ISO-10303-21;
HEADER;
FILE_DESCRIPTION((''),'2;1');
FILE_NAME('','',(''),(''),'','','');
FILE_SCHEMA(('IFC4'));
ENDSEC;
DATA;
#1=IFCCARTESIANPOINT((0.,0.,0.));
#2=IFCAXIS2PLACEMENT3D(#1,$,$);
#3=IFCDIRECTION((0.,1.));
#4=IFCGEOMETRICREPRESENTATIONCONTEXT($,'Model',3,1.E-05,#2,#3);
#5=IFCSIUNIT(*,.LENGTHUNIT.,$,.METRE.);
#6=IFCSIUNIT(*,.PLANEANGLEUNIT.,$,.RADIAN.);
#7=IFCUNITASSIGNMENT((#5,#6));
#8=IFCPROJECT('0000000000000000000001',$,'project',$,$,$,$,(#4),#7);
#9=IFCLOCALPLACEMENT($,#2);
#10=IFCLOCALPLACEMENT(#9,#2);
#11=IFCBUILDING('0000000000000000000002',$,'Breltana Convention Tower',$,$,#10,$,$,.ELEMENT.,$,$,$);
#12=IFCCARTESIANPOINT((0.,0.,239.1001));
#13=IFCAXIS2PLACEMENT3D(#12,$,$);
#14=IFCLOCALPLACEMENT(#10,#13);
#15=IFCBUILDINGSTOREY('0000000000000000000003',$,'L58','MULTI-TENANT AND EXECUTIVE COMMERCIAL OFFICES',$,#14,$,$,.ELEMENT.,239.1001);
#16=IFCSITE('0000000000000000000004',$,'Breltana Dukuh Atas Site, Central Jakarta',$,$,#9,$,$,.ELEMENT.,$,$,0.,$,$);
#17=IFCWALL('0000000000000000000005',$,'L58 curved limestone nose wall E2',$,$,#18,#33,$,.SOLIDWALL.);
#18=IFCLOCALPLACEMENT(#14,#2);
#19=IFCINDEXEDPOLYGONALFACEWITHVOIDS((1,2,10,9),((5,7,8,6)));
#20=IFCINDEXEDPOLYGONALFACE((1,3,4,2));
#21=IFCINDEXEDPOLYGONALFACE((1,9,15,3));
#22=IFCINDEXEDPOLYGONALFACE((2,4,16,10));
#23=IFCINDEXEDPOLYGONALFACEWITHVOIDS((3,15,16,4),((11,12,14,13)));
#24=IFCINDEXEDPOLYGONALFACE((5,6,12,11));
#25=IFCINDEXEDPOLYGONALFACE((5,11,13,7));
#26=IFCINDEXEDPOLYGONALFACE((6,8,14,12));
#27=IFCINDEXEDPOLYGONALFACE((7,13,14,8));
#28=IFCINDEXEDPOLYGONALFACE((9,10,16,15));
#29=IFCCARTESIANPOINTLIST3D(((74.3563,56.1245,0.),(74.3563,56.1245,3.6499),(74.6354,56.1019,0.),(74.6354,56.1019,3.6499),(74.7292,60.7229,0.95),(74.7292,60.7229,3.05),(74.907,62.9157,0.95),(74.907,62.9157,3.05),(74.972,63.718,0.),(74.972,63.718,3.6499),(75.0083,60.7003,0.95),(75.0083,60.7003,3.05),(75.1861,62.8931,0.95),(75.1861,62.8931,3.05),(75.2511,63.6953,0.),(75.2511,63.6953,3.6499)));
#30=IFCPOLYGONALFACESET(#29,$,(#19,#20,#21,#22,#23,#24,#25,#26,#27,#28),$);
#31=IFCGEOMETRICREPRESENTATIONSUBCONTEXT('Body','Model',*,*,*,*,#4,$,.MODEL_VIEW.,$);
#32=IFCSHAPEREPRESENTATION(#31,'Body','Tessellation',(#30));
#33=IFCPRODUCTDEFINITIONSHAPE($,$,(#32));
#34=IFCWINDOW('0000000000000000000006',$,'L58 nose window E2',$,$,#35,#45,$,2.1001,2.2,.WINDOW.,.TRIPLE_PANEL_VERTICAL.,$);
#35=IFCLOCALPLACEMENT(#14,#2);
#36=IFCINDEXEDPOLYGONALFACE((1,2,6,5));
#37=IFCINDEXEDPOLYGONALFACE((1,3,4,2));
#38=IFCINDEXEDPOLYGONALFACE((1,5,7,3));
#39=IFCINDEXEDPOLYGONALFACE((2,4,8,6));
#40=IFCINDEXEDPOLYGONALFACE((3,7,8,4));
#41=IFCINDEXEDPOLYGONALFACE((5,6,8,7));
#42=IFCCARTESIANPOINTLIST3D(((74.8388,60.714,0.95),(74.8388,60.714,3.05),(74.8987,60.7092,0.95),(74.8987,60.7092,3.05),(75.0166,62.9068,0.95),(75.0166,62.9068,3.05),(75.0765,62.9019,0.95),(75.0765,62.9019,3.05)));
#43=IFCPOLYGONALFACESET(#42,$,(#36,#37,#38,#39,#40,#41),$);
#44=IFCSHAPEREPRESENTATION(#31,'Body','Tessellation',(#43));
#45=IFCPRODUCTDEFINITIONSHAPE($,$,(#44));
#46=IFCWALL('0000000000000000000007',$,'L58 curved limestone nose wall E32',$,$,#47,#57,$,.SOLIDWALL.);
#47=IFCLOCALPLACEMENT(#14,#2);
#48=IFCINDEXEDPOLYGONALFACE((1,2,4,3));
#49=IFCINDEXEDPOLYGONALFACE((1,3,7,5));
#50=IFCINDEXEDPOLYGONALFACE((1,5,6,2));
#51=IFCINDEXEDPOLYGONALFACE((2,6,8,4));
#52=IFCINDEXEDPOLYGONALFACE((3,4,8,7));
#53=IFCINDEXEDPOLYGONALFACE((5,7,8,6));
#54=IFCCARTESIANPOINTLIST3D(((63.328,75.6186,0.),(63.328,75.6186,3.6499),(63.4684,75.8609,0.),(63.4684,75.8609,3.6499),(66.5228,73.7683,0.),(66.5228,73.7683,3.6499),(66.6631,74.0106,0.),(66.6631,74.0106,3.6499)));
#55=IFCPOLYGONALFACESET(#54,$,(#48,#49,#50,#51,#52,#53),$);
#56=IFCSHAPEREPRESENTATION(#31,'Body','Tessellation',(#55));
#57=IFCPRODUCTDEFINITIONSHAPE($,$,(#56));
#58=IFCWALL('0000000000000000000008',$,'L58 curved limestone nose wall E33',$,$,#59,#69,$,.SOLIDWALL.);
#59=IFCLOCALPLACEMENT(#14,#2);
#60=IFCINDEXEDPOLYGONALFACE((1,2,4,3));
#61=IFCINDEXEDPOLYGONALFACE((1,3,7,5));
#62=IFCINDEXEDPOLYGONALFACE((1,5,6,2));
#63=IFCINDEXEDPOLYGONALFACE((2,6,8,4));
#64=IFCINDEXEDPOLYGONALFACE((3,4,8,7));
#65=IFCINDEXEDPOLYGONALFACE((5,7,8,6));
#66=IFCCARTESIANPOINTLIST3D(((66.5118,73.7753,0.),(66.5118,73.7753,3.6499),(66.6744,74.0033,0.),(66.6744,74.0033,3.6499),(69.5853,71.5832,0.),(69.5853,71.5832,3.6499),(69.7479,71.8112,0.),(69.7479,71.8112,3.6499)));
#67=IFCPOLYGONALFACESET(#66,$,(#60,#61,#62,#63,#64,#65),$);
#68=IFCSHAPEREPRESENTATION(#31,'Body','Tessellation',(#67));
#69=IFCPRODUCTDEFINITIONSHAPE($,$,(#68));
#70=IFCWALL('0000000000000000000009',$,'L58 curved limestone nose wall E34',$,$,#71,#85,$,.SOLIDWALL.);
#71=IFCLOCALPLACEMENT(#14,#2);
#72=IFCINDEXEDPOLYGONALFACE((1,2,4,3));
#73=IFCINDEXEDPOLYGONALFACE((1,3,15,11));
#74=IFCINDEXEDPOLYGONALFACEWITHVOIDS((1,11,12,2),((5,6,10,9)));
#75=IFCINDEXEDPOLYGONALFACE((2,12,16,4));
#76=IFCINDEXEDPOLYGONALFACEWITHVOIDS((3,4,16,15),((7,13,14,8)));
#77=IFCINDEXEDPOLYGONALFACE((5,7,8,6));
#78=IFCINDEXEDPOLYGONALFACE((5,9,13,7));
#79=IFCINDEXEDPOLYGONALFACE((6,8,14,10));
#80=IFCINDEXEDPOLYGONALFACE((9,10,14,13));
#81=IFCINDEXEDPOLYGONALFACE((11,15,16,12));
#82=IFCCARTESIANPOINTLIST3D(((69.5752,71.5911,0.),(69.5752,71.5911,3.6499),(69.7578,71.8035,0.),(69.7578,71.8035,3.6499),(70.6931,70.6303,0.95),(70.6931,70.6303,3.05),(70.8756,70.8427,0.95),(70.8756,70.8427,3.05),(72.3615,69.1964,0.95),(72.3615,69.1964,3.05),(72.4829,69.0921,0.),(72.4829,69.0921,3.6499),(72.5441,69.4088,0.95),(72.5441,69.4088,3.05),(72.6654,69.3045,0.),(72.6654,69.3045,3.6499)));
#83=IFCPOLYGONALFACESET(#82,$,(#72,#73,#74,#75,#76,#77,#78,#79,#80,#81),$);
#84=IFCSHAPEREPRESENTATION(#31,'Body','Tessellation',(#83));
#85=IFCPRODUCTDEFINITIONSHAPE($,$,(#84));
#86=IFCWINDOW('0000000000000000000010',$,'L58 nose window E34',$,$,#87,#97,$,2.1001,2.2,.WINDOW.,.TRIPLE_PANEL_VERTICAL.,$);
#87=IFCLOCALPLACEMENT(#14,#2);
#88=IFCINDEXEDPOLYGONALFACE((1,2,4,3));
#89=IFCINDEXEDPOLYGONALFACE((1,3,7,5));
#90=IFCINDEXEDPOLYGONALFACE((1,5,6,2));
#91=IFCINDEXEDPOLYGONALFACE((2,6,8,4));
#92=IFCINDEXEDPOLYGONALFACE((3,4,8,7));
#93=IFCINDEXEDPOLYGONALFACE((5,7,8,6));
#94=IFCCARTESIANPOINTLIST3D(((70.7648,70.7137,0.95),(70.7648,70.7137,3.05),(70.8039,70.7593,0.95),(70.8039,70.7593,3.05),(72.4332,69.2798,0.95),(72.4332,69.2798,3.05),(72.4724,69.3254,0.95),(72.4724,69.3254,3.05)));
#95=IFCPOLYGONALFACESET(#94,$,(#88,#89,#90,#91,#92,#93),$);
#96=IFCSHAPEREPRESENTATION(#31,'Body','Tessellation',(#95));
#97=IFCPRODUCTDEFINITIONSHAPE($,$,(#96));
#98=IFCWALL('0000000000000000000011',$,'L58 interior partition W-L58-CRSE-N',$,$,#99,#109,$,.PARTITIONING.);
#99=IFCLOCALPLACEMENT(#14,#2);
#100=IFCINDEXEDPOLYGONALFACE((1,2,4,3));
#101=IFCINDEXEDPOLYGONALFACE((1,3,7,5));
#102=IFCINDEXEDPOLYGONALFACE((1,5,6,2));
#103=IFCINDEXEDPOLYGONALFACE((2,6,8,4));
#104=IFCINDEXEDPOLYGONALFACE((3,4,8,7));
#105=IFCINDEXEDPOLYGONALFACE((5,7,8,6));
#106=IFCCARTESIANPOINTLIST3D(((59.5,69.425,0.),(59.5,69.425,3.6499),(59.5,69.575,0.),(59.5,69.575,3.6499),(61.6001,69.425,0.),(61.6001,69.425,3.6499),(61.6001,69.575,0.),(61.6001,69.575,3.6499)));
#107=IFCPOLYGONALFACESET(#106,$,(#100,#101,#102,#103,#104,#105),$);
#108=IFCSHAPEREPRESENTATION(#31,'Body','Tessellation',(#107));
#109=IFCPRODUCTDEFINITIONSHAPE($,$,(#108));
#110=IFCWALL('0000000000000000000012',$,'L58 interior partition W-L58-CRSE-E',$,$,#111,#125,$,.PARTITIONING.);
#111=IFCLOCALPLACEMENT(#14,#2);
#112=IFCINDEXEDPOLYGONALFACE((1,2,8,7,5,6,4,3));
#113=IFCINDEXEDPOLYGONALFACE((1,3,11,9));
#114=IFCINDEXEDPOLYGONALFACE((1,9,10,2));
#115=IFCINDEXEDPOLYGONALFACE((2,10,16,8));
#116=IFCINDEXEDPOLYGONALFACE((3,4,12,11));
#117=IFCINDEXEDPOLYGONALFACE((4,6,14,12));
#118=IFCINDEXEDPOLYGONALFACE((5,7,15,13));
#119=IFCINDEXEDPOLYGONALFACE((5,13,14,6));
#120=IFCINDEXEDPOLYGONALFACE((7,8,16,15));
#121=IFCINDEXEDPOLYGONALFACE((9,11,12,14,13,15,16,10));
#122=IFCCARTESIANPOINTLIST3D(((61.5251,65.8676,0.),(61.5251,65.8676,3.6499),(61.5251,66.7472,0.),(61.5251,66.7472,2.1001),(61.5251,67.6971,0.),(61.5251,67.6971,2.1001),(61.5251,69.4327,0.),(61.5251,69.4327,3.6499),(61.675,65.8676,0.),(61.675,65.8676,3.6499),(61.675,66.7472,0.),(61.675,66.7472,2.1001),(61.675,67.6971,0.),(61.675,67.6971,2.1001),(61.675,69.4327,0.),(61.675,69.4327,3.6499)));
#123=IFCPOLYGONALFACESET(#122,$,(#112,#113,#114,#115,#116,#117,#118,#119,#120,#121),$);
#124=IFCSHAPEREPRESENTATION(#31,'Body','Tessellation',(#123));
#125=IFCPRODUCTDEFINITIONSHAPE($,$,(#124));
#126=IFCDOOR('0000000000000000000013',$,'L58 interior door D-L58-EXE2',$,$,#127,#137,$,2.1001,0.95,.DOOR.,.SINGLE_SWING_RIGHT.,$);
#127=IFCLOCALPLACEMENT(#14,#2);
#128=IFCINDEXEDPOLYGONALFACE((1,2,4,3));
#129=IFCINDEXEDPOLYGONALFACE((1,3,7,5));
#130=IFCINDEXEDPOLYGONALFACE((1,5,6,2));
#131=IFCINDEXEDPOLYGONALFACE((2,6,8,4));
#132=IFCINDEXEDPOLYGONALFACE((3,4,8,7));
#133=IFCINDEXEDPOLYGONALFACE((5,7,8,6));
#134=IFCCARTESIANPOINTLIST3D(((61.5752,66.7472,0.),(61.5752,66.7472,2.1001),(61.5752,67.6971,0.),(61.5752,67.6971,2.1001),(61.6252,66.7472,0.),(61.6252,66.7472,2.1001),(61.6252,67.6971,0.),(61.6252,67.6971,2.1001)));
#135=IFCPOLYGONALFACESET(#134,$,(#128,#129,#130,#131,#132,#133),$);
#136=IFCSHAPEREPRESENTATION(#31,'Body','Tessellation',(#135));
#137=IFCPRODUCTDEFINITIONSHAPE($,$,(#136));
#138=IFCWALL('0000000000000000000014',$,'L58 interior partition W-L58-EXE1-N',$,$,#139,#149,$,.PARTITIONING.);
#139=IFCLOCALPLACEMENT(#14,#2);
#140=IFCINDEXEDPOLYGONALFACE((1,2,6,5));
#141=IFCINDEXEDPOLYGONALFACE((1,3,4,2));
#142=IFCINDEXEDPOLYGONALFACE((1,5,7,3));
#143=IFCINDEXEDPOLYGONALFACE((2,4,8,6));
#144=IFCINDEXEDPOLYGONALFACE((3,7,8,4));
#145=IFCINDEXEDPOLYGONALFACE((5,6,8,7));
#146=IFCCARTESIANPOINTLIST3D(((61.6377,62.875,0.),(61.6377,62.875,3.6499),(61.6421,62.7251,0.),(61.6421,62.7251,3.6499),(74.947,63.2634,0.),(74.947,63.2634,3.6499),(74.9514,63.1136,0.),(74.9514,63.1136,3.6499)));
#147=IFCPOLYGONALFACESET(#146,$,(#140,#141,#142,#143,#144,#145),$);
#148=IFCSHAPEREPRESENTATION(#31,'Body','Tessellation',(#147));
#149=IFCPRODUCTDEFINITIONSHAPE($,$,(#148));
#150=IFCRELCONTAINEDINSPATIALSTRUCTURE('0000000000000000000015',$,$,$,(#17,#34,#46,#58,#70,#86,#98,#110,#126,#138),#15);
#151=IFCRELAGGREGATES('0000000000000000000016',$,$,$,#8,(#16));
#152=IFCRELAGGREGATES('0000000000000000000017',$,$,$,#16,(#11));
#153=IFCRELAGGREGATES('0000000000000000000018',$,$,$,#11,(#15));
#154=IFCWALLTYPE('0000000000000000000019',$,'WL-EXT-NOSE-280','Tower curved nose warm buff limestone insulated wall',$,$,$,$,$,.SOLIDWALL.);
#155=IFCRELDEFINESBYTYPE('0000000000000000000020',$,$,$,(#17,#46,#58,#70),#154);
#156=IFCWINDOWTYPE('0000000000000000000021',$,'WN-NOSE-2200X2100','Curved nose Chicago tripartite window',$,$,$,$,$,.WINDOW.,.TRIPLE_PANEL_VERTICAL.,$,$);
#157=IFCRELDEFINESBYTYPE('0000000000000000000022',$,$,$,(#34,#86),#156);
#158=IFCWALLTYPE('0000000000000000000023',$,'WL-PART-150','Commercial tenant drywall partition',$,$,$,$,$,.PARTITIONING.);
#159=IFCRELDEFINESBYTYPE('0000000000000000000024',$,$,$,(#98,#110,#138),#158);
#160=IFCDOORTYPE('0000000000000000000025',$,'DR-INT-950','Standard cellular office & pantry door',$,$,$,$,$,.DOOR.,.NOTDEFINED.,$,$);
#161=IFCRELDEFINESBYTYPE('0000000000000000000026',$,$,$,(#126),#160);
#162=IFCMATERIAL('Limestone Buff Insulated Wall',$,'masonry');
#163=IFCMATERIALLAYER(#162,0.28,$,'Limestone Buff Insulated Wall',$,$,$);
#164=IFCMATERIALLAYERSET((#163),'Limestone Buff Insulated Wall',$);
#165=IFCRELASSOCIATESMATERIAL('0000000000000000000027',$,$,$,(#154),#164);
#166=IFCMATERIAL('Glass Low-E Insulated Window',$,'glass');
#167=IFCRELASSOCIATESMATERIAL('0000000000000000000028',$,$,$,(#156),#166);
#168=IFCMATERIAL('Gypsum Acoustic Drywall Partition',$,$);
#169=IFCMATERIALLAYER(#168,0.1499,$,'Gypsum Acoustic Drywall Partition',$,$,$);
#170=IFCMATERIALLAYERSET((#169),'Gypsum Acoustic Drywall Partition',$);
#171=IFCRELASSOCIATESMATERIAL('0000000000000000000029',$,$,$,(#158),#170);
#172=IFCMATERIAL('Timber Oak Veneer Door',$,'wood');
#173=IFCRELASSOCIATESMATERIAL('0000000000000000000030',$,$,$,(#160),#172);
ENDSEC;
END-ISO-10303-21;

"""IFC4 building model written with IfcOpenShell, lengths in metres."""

from ifc_helpers import new_model, si_unit, direction, frame, frame_2d, origin, place, context, subcontext, project, spatial, rectangle, extrude, source, transform, mapped, material, layer, layer_set, type_object, type_shapes, element, fill, save


model = new_model("IFC4")

# Units and contexts
model_context = context("Model", 3, precision=1e-05, world=origin(), true_north=direction((0.0, 1.0)))
body_context = subcontext(model_context, "Body", "Model", "MODEL_VIEW")
ifc_project = project(units=[si_unit("LENGTHUNIT", "METRE"), si_unit("PLANEANGLEUNIT", "RADIAN")], contexts=[model_context])

# Site, building, storey
site_placement = place(None, origin())
site = spatial("IfcSite", under=ifc_project, at=site_placement, Name="Breltana Dukuh Atas Site, Central Jakarta", CompositionType="ELEMENT", RefElevation=0.0)
building_placement = place(site_placement, origin())
building = spatial("IfcBuilding", under=site, at=building_placement, Name="Breltana Convention Tower", CompositionType="ELEMENT")
storey_placement = place(building_placement, frame((0.0, 0.0, 239.1001)))
storey = spatial("IfcBuildingStorey", under=building, at=storey_placement, Name="L58", Description="MULTI-TENANT AND EXECUTIVE COMMERCIAL OFFICES", CompositionType="ELEMENT", Elevation=239.1001)

# Wall, opening, window
ifc_material_1 = material(Name="Limestone Buff Insulated Wall", Category="masonry")
ifc_layer_1 = layer(ifc_material_1, 0.28, Name="Limestone Buff Insulated Wall")
ifc_layer_set_1 = layer_set([ifc_layer_1], Name="Limestone Buff Insulated Wall")
wall_type_1 = type_object("IfcWallType", Name="WL-EXT-NOSE-280", Description="Tower curved nose warm buff limestone insulated wall", PredefinedType="SOLIDWALL", material=ifc_layer_set_1)
ifc_material_2 = material(Name="Glass Low-E Insulated Window", Category="glass")
window_type = type_object("IfcWindowType", Name="WN-NOSE-2200X2100", Description="Curved nose Chicago tripartite window", PartitioningType="TRIPLE_PANEL_VERTICAL", PredefinedType="WINDOW", material=ifc_material_2)
shared_shape_1 = source(origin(), body_context, "Body", "SweptSolid", [
    extrude(rectangle(XDim=2.2, YDim=2.1001, at=frame_2d((1.1001, 1.05))), frame((0.0, 0.03, 0.0), z_axis=(0.0, -1.0, 0.0), x_axis=(1.0, 0.0, 0.0)), (0.0, 0.0, 1.0), 0.0601),
])
type_shapes(window_type, [shared_shape_1])
shared_shape_2 = source(origin(), body_context, "Body", "SweptSolid", [
    extrude(rectangle(XDim=7.6184, YDim=0.28, at=frame_2d((3.8091, 0.0))), origin(), (0.0, 0.0, 1.0), 3.6499),
])
wall_1_placement = place(storey_placement, frame((75.1116, 63.7065, 0.0), z_axis=(0.0, 0.0, 1.0), x_axis=(-0.08082, -0.996729, 0.0)))
wall_1 = element("IfcWall", 1, at=wall_1_placement, inside=storey, type_object=wall_type_1, Name="L58 curved limestone nose wall E2", PredefinedType="SOLIDWALL", context=body_context, shape_type="MappedRepresentation", body=[
    mapped(shared_shape_2, transform((0.0, 0.0, 0.0), scale=1.0)),
])
opening_1_placement = place(wall_1_placement, frame((0.8047, 0.0, 0.95)))
opening_1 = element("IfcOpeningElement", 2, at=opening_1_placement, cuts=wall_1, PredefinedType="OPENING", context=body_context, shape_type="SweptSolid", body=[
    extrude(rectangle(XDim=2.2, YDim=2.1001, at=frame_2d((1.1001, 1.05))), frame((0.0, 0.1499, 0.0), z_axis=(0.0, -1.0, 0.0), x_axis=(1.0, 0.0, 0.0)), (0.0, 0.0, 1.0), 0.3),
])
window_1_placement = place(opening_1_placement, origin())
window_1 = element("IfcWindow", 3, at=window_1_placement, inside=storey, type_object=window_type, Name="L58 nose window E2", OverallHeight=2.1001, OverallWidth=2.2, PartitioningType="TRIPLE_PANEL_VERTICAL", PredefinedType="WINDOW", context=body_context, shape_type="MappedRepresentation", body=[
    mapped(shared_shape_1, transform((0.0, 0.0, 0.0), scale=1.0)),
])
fill(opening_1, window_1)

# Walls
shared_shape_3 = source(origin(), body_context, "Body", "SweptSolid", [
    extrude(rectangle(XDim=3.6919, YDim=0.28, at=frame_2d((1.8459, 0.0))), origin(), (0.0, 0.0, 1.0), 3.6499),
])
wall_2_placement = place(storey_placement, frame((63.3982, 75.7397, 0.0), z_axis=(0.0, 0.0, 1.0), x_axis=(0.865343, -0.50118, 0.0)))
element("IfcWall", 4, at=wall_2_placement, inside=storey, type_object=wall_type_1, Name="L58 curved limestone nose wall E32", PredefinedType="SOLIDWALL", context=body_context, shape_type="MappedRepresentation", body=[
    mapped(shared_shape_3, transform((0.0, 0.0, 0.0), scale=1.0)),
])
shared_shape_4 = source(origin(), body_context, "Body", "SweptSolid", [
    extrude(rectangle(XDim=3.7751, YDim=0.28, at=frame_2d((1.8877, 0.0))), origin(), (0.0, 0.0, 1.0), 3.6499),
])
wall_3_placement = place(storey_placement, frame((66.593, 73.8894, 0.0), z_axis=(0.0, 0.0, 1.0), x_axis=(0.814135, -0.580675, 0.0)))
element("IfcWall", 5, at=wall_3_placement, inside=storey, type_object=wall_type_1, Name="L58 curved limestone nose wall E33", PredefinedType="SOLIDWALL", context=body_context, shape_type="MappedRepresentation", body=[
    mapped(shared_shape_4, transform((0.0, 0.0, 0.0), scale=1.0)),
])

# Wall, opening, window
shared_shape_5 = source(origin(), body_context, "Body", "SweptSolid", [
    extrude(rectangle(XDim=3.834, YDim=0.28, at=frame_2d((1.917, 0.0))), origin(), (0.0, 0.0, 1.0), 3.6499),
])
wall_4_placement = place(storey_placement, frame((69.6665, 71.6973, 0.0), z_axis=(0.0, 0.0, 1.0), x_axis=(0.758393, -0.651798, 0.0)))
wall_4 = element("IfcWall", 6, at=wall_4_placement, inside=storey, type_object=wall_type_1, Name="L58 curved limestone nose wall E34", PredefinedType="SOLIDWALL", context=body_context, shape_type="MappedRepresentation", body=[
    mapped(shared_shape_5, transform((0.0, 0.0, 0.0), scale=1.0)),
])
opening_2_placement = place(wall_4_placement, frame((1.4739, 0.0, 0.95)))
opening_2 = element("IfcOpeningElement", 7, at=opening_2_placement, cuts=wall_4, PredefinedType="OPENING", context=body_context, shape_type="SweptSolid", body=[
    extrude(rectangle(XDim=2.2, YDim=2.1001, at=frame_2d((1.1001, 1.05))), frame((0.0, 0.1499, 0.0), z_axis=(0.0, -1.0, 0.0), x_axis=(1.0, 0.0, 0.0)), (0.0, 0.0, 1.0), 0.3),
])
window_2_placement = place(opening_2_placement, origin())
window_2 = element("IfcWindow", 8, at=window_2_placement, inside=storey, type_object=window_type, Name="L58 nose window E34", OverallHeight=2.1001, OverallWidth=2.2, PartitioningType="TRIPLE_PANEL_VERTICAL", PredefinedType="WINDOW", context=body_context, shape_type="MappedRepresentation", body=[
    mapped(shared_shape_1, transform((0.0, 0.0, 0.0), scale=1.0)),
])
fill(opening_2, window_2)

# Wall
ifc_material_3 = material(Name="Gypsum Acoustic Drywall Partition")
ifc_layer_2 = layer(ifc_material_3, 0.1499, Name="Gypsum Acoustic Drywall Partition")
ifc_layer_set_2 = layer_set([ifc_layer_2], Name="Gypsum Acoustic Drywall Partition")
wall_type_2 = type_object("IfcWallType", Name="WL-PART-150", Description="Commercial tenant drywall partition", PredefinedType="PARTITIONING", material=ifc_layer_set_2)
shared_shape_6 = source(origin(), body_context, "Body", "SweptSolid", [
    extrude(rectangle(XDim=2.1001, YDim=0.1499, at=frame_2d((1.05, 0.0))), origin(), (0.0, 0.0, 1.0), 3.6499),
])
wall_5_placement = place(storey_placement, frame((59.5, 69.5, 0.0), z_axis=(0.0, 0.0, 1.0), x_axis=(1.0, 0.0, 0.0)))
element("IfcWall", 9, at=wall_5_placement, inside=storey, type_object=wall_type_2, Name="L58 interior partition W-L58-CRSE-N", PredefinedType="PARTITIONING", context=body_context, shape_type="MappedRepresentation", body=[
    mapped(shared_shape_6, transform((0.0, 0.0, 0.0), scale=1.0)),
])

# Wall, opening, door
shared_shape_7 = source(origin(), body_context, "Body", "SweptSolid", [
    extrude(rectangle(XDim=3.5652, YDim=0.1499, at=frame_2d((1.7827, 0.0))), origin(), (0.0, 0.0, 1.0), 3.6499),
])
wall_6_placement = place(storey_placement, frame((61.6001, 65.8674, 0.0), z_axis=(0.0, 0.0, 1.0), x_axis=(0.0, 1.0, 0.0)))
wall_6 = element("IfcWall", 10, at=wall_6_placement, inside=storey, type_object=wall_type_2, Name="L58 interior partition W-L58-CRSE-E", PredefinedType="PARTITIONING", context=body_context, shape_type="MappedRepresentation", body=[
    mapped(shared_shape_7, transform((0.0, 0.0, 0.0), scale=1.0)),
])
opening_3_placement = place(wall_6_placement, frame((0.8796, 0.0, 0.0)))
opening_3 = element("IfcOpeningElement", 11, at=opening_3_placement, cuts=wall_6, PredefinedType="OPENING", context=body_context, shape_type="SweptSolid", body=[
    extrude(rectangle(XDim=0.95, YDim=2.1001, at=frame_2d((0.4751, 1.05))), frame((0.0, 0.085, 0.0), z_axis=(0.0, -1.0, 0.0), x_axis=(1.0, 0.0, 0.0)), (0.0, 0.0, 1.0), 0.1699),
])
ifc_material_4 = material(Name="Timber Oak Veneer Door", Category="wood")
door_type = type_object("IfcDoorType", Name="DR-INT-950", Description="Standard cellular office & pantry door", OperationType="NOTDEFINED", PredefinedType="DOOR", material=ifc_material_4)
shared_shape_8 = source(origin(), body_context, "Body", "SweptSolid", [
    extrude(rectangle(XDim=0.95, YDim=2.1001, at=frame_2d((0.4751, 1.05))), frame((0.0, 0.0249, 0.0), z_axis=(0.0, -1.0, 0.0), x_axis=(1.0, 0.0, 0.0)), (0.0, 0.0, 1.0), 0.05),
])
type_shapes(door_type, [shared_shape_8])
door_placement = place(opening_3_placement, origin())
door = element("IfcDoor", 12, at=door_placement, inside=storey, type_object=door_type, Name="L58 interior door D-L58-EXE2", OperationType="SINGLE_SWING_RIGHT", OverallHeight=2.1001, OverallWidth=0.95, PredefinedType="DOOR", context=body_context, shape_type="MappedRepresentation", body=[
    mapped(shared_shape_8, transform((0.0, 0.0, 0.0), scale=1.0)),
])
fill(opening_3, door)

# Wall
shared_shape_9 = source(origin(), body_context, "Body", "SweptSolid", [
    extrude(rectangle(XDim=13.3149, YDim=0.1499, at=frame_2d((6.6575, 0.0))), origin(), (0.0, 0.0, 1.0), 3.6499),
])
wall_7_placement = place(storey_placement, frame((61.6399, 62.8, 0.0), z_axis=(0.0, 0.0, 1.0), x_axis=(0.999574, 0.029172, 0.0)))
element("IfcWall", 13, at=wall_7_placement, inside=storey, type_object=wall_type_2, Name="L58 interior partition W-L58-EXE1-N", PredefinedType="PARTITIONING", context=body_context, shape_type="MappedRepresentation", body=[
    mapped(shared_shape_9, transform((0.0, 0.0, 0.0), scale=1.0)),
])

save(model, "model.ifc")
